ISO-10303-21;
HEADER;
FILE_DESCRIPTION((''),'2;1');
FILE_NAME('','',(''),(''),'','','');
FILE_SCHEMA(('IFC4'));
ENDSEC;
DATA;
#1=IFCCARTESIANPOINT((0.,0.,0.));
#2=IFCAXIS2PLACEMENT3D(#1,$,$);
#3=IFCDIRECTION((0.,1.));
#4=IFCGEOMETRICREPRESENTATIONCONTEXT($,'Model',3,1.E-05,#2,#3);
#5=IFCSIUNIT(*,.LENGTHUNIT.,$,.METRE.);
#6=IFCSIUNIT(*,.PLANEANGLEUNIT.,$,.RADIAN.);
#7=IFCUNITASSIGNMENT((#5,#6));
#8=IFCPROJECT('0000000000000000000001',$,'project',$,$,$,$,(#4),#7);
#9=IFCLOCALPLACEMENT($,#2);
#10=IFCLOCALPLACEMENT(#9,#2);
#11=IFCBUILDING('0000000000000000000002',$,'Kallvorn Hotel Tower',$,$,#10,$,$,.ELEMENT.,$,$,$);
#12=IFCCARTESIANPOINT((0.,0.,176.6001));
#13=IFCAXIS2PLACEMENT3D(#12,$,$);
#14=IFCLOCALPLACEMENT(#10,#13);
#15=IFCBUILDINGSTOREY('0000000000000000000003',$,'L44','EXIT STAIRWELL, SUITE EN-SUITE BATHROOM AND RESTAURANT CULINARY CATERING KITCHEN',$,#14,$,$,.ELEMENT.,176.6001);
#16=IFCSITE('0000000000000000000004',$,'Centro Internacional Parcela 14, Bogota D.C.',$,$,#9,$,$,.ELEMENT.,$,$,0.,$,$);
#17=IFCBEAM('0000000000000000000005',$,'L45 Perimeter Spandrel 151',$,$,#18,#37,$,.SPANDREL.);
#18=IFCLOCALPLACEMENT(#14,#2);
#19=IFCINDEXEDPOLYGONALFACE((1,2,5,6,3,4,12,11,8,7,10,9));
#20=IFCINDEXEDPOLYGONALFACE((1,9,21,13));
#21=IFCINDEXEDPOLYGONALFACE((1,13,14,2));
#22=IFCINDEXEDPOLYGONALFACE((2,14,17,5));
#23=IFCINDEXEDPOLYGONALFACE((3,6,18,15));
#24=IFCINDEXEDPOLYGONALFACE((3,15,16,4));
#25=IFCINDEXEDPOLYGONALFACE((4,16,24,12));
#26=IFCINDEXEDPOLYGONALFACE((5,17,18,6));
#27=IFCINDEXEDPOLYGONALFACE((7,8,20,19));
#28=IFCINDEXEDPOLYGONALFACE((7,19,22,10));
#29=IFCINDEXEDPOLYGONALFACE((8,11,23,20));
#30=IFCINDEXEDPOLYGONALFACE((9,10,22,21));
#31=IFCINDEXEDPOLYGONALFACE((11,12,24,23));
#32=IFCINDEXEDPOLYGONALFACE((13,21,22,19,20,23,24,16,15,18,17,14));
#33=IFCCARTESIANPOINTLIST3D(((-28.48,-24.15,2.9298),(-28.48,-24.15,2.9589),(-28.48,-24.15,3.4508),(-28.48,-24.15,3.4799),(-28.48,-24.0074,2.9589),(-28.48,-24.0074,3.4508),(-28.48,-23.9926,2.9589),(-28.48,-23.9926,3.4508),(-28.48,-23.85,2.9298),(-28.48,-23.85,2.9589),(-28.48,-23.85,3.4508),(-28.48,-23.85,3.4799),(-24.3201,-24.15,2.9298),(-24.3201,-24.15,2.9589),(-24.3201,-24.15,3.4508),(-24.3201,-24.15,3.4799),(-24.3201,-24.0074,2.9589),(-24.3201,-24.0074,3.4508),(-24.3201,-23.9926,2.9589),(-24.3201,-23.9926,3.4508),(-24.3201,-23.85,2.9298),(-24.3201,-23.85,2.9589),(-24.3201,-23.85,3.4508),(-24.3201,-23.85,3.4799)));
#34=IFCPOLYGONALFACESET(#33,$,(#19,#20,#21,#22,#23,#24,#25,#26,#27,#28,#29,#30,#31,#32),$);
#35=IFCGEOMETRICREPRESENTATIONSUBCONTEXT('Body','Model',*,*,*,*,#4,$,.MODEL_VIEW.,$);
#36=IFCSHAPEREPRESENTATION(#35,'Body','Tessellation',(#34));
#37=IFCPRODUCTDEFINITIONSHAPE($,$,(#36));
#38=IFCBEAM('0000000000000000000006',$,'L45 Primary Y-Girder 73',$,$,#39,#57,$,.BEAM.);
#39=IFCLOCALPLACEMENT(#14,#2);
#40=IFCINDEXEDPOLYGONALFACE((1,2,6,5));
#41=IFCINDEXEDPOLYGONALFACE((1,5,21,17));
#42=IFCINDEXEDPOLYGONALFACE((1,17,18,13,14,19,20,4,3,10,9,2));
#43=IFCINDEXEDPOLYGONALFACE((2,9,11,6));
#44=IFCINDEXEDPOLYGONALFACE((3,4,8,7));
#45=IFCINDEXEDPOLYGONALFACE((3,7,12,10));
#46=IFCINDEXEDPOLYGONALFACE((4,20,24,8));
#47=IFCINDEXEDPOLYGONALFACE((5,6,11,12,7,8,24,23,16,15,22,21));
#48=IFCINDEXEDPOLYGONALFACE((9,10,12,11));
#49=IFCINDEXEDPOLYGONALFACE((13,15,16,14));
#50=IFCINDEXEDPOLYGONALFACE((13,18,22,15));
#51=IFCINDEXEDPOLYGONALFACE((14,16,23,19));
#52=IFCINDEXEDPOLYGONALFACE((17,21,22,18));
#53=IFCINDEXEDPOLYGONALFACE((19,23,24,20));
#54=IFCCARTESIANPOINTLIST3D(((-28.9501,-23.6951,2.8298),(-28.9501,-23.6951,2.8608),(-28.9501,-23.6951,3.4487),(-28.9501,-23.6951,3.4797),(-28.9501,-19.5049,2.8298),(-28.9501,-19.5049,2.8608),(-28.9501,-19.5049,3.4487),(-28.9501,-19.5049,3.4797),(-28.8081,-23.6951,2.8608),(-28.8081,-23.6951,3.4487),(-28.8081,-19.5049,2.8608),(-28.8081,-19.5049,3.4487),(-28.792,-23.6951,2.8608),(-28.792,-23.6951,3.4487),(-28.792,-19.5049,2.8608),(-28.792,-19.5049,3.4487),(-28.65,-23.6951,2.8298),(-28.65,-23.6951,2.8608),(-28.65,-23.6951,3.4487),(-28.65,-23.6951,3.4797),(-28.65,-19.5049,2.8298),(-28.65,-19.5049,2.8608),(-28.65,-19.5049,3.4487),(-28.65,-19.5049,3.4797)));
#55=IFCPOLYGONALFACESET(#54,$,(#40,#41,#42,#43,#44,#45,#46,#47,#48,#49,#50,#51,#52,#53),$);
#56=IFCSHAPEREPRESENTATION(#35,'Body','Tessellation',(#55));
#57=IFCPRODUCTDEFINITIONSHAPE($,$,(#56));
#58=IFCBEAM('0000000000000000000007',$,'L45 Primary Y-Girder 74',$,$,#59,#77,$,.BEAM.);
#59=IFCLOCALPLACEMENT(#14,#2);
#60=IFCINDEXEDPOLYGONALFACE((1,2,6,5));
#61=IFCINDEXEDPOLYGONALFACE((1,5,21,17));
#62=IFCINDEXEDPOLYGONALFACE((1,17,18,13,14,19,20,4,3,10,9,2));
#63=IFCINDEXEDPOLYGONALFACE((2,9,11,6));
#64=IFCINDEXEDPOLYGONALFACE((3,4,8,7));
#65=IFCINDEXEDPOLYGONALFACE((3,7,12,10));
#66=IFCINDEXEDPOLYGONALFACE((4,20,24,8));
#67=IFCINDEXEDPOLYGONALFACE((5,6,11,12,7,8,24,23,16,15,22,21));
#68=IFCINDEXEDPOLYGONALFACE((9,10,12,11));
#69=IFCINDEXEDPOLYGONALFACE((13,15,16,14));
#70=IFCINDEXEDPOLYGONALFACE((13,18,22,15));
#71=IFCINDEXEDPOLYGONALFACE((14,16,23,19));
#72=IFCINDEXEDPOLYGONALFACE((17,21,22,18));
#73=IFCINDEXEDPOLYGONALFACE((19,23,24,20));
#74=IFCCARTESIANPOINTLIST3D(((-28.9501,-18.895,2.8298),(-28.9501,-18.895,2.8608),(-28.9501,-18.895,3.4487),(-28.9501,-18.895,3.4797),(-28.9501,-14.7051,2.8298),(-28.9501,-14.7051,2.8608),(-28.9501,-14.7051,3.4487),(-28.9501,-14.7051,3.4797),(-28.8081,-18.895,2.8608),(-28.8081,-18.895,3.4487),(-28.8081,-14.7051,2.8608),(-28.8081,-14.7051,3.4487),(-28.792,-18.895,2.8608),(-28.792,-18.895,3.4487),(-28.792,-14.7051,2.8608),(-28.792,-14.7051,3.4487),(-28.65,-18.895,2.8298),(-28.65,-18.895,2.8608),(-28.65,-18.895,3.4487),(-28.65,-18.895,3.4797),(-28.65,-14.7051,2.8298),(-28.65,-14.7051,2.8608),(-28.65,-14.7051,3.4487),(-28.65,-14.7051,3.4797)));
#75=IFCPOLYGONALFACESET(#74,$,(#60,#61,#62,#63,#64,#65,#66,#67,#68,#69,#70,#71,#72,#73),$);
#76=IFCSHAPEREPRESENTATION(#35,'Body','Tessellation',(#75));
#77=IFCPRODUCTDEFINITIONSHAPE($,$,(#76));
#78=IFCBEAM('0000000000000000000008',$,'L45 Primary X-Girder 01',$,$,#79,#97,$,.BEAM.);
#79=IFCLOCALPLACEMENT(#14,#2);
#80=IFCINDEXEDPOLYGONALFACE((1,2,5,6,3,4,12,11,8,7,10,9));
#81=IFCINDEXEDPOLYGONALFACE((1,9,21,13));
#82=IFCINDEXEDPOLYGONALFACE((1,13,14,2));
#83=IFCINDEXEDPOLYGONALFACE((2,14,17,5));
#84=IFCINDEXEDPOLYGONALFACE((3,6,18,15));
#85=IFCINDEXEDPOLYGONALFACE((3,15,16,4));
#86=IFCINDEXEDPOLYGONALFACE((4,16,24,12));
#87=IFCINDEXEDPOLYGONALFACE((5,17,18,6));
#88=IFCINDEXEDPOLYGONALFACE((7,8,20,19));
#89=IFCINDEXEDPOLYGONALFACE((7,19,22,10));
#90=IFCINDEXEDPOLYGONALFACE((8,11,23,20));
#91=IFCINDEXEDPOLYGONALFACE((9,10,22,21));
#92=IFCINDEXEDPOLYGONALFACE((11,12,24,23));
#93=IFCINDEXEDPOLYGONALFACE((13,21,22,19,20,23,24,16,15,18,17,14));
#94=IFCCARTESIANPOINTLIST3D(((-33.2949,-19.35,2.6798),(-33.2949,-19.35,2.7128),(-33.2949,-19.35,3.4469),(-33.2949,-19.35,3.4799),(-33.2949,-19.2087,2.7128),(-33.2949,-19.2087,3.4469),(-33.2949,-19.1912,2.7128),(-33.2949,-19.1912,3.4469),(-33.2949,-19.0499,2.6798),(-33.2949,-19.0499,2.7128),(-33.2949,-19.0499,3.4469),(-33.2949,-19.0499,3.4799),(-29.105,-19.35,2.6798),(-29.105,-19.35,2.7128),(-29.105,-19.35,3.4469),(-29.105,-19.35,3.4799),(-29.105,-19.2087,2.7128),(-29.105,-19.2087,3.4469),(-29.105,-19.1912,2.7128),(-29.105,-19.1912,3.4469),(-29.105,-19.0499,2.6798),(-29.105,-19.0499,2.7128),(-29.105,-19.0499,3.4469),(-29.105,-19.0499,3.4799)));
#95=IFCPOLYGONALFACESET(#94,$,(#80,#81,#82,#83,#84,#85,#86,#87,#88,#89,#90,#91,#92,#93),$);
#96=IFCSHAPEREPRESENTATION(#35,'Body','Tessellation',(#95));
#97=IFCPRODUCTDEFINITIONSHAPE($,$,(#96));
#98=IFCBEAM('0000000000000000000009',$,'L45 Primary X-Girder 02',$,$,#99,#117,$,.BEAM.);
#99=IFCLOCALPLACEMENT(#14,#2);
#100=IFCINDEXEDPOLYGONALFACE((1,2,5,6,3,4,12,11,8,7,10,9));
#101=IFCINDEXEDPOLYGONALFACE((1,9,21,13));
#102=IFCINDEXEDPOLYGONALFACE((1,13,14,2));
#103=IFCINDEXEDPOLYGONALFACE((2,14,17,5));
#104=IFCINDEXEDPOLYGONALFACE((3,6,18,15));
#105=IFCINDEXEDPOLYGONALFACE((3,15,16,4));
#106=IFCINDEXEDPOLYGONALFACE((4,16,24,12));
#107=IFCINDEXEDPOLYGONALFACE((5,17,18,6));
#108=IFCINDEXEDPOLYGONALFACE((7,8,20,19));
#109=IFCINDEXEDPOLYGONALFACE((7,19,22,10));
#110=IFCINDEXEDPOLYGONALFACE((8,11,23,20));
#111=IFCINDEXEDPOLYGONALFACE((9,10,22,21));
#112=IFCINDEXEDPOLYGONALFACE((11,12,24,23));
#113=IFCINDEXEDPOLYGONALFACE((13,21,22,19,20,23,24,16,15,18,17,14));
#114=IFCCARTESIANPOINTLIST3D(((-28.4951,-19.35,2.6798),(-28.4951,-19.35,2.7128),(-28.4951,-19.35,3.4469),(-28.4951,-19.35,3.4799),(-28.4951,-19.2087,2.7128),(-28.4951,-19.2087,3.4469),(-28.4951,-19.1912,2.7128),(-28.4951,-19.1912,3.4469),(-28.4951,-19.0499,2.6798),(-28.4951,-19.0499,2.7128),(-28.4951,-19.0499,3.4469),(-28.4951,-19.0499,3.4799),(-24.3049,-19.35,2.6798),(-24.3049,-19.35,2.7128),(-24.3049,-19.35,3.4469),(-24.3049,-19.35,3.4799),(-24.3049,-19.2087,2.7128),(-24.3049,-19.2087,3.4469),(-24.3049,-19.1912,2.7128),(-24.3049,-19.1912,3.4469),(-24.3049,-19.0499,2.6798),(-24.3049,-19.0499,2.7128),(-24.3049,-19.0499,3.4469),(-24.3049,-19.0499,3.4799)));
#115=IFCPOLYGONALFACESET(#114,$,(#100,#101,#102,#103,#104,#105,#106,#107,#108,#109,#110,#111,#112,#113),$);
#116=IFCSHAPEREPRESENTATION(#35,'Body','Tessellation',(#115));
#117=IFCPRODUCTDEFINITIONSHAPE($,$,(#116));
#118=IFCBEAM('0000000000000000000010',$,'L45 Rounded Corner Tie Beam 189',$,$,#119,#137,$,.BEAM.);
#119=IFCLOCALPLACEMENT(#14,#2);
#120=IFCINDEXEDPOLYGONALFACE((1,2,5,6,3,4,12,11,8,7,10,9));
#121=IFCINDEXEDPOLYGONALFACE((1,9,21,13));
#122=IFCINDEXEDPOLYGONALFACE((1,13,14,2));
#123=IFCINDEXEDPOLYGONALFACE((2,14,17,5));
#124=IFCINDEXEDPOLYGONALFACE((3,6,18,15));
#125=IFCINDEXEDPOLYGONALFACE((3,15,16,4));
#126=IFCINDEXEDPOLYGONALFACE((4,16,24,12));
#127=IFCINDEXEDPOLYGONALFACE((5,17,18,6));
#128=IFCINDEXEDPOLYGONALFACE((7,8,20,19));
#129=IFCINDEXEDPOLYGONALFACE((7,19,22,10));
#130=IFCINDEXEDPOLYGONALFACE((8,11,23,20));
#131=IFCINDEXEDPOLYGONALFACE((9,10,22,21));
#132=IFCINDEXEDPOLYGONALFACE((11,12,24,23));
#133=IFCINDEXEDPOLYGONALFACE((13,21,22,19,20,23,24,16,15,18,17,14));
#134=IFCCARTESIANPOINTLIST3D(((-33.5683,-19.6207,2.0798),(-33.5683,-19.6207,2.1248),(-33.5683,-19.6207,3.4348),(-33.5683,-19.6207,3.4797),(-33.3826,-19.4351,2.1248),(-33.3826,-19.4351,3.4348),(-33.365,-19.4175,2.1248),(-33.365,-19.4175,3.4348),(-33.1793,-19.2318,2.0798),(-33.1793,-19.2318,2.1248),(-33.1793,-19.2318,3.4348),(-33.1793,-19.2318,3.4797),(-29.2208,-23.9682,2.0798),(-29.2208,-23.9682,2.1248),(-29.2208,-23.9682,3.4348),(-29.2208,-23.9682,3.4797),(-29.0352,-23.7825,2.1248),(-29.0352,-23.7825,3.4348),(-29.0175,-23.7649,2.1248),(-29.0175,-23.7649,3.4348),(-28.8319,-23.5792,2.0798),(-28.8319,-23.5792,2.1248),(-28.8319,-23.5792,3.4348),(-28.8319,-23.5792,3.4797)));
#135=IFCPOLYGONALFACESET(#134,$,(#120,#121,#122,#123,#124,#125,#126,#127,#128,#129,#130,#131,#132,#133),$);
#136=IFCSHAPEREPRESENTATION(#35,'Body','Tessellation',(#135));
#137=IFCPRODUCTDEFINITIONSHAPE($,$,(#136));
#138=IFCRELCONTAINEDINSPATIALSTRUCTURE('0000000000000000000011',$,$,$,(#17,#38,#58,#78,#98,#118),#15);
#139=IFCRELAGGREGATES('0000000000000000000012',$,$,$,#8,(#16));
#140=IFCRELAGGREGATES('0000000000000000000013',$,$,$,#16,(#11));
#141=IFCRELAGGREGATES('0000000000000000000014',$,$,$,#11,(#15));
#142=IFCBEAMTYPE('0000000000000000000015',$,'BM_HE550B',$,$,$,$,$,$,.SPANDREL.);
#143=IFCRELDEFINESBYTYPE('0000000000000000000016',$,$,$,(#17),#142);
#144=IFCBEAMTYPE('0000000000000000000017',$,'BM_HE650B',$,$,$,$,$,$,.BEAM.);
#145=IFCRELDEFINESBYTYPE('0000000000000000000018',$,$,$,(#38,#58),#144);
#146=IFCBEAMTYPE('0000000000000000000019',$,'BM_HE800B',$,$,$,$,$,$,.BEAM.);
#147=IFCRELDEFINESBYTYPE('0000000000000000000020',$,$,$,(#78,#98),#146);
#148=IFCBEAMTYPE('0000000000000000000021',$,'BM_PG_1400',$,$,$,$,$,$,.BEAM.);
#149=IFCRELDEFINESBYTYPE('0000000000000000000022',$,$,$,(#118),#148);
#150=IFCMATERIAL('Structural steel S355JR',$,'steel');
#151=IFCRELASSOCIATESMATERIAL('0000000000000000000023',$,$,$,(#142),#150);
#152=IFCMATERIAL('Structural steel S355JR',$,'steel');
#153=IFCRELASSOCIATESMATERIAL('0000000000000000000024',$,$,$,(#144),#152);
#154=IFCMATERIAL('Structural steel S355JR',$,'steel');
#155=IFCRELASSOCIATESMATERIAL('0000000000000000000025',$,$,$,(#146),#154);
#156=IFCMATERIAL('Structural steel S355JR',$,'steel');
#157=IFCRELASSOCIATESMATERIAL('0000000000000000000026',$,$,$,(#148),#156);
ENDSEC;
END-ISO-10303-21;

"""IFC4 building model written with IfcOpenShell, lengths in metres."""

from ifc_helpers import new_model, si_unit, direction, frame, origin, origin_2d, place, context, subcontext, project, spatial, i_section, extrude, material, material_profile, profile_set, type_object, element, save


model = new_model("IFC4")

# Units and contexts
model_context = context("Model", 3, precision=1e-05, world=origin(), true_north=direction((0.0, 1.0)))
body_context = subcontext(model_context, "Body", "Model", "MODEL_VIEW")
ifc_project = project(units=[si_unit("LENGTHUNIT", "METRE"), si_unit("PLANEANGLEUNIT", "RADIAN")], contexts=[model_context])

# Site, building, storey
site_placement = place(None, origin())
site = spatial("IfcSite", under=ifc_project, at=site_placement, Name="Centro Internacional Parcela 14, Bogota D.C.", CompositionType="ELEMENT", RefElevation=0.0)
building_placement = place(site_placement, origin())
building = spatial("IfcBuilding", under=site, at=building_placement, Name="Kallvorn Hotel Tower", CompositionType="ELEMENT")
storey_placement = place(building_placement, frame((0.0, 0.0, 176.6001)))
storey = spatial("IfcBuildingStorey", under=building, at=storey_placement, Name="L44", Description="EXIT STAIRWELL, SUITE EN-SUITE BATHROOM AND RESTAURANT CULINARY CATERING KITCHEN", CompositionType="ELEMENT", Elevation=176.6001)

# Beams
ifc_material_1 = material(Name="Structural steel S355JR", Category="steel")
ifc_material_profile_1 = material_profile(ifc_material_1, i_section(OverallWidth=0.3, OverallDepth=0.55, WebThickness=0.0149, FlangeThickness=0.0291, at=origin_2d()), Name="HE 550 B")
ifc_profile_set_1 = profile_set([ifc_material_profile_1], Name="Structural steel S355JR")
beam_type_1 = type_object("IfcBeamType", Name="BM_HE550B", PredefinedType="SPANDREL", material=ifc_profile_set_1)
beam_1_placement = place(storey_placement, frame((-28.48, -24.0, 3.2048), z_axis=(1.0, 0.0, 0.0), x_axis=(0.0, 1.0, 0.0)))
element("IfcBeam", 1, at=beam_1_placement, inside=storey, type_object=beam_type_1, Name="L45 Perimeter Spandrel 151", PredefinedType="SPANDREL", context=body_context, shape_type="SweptSolid", body=[
    extrude(i_section(OverallWidth=0.3, OverallDepth=0.55, WebThickness=0.0149, FlangeThickness=0.0291, at=origin_2d()), origin(), (0.0, 0.0, 1.0), 4.1599),
])
ifc_material_2 = material(Name="Structural steel S355JR", Category="steel")
ifc_material_profile_2 = material_profile(ifc_material_2, i_section(OverallWidth=0.3, OverallDepth=0.6499, WebThickness=0.0161, FlangeThickness=0.031, at=origin_2d()), Name="HE 650 B")
ifc_profile_set_2 = profile_set([ifc_material_profile_2], Name="Structural steel S355JR")
beam_type_2 = type_object("IfcBeamType", Name="BM_HE650B", PredefinedType="BEAM", material=ifc_profile_set_2)
beam_2_placement = place(storey_placement, frame((-28.8, -23.6951, 3.1548), z_axis=(0.0, 1.0, 0.0), x_axis=(-1.0, 0.0, 0.0)))
element("IfcBeam", 2, at=beam_2_placement, inside=storey, type_object=beam_type_2, Name="L45 Primary Y-Girder 73", PredefinedType="BEAM", context=body_context, shape_type="SweptSolid", body=[
    extrude(i_section(OverallWidth=0.3, OverallDepth=0.6499, WebThickness=0.0161, FlangeThickness=0.031, at=origin_2d()), origin(), (0.0, 0.0, 1.0), 4.1902),
])
beam_3_placement = place(storey_placement, frame((-28.8, -18.895, 3.1548), z_axis=(0.0, 1.0, 0.0), x_axis=(-1.0, 0.0, 0.0)))
element("IfcBeam", 3, at=beam_3_placement, inside=storey, type_object=beam_type_2, Name="L45 Primary Y-Girder 74", PredefinedType="BEAM", context=body_context, shape_type="SweptSolid", body=[
    extrude(i_section(OverallWidth=0.3, OverallDepth=0.6499, WebThickness=0.0161, FlangeThickness=0.031, at=origin_2d()), origin(), (0.0, 0.0, 1.0), 4.1899),
])
ifc_material_3 = material(Name="Structural steel S355JR", Category="steel")
ifc_material_profile_3 = material_profile(ifc_material_3, i_section(OverallWidth=0.3, OverallDepth=0.8, WebThickness=0.0176, FlangeThickness=0.033, at=origin_2d()), Name="HE 800 B")
ifc_profile_set_3 = profile_set([ifc_material_profile_3], Name="Structural steel S355JR")
beam_type_3 = type_object("IfcBeamType", Name="BM_HE800B", PredefinedType="BEAM", material=ifc_profile_set_3)
beam_4_placement = place(storey_placement, frame((-33.2949, -19.2, 3.0798), z_axis=(1.0, 0.0, 0.0), x_axis=(0.0, 1.0, 0.0)))
element("IfcBeam", 4, at=beam_4_placement, inside=storey, type_object=beam_type_3, Name="L45 Primary X-Girder 01", PredefinedType="BEAM", context=body_context, shape_type="SweptSolid", body=[
    extrude(i_section(OverallWidth=0.3, OverallDepth=0.8, WebThickness=0.0176, FlangeThickness=0.033, at=origin_2d()), origin(), (0.0, 0.0, 1.0), 4.1899),
])
beam_5_placement = place(storey_placement, frame((-28.4951, -19.2, 3.0798), z_axis=(1.0, 0.0, 0.0), x_axis=(0.0, 1.0, 0.0)))
element("IfcBeam", 5, at=beam_5_placement, inside=storey, type_object=beam_type_3, Name="L45 Primary X-Girder 02", PredefinedType="BEAM", context=body_context, shape_type="SweptSolid", body=[
    extrude(i_section(OverallWidth=0.3, OverallDepth=0.8, WebThickness=0.0176, FlangeThickness=0.033, at=origin_2d()), origin(), (0.0, 0.0, 1.0), 4.1902),
])
ifc_material_4 = material(Name="Structural steel S355JR", Category="steel")
ifc_material_profile_4 = material_profile(ifc_material_4, i_section(OverallWidth=0.55, OverallDepth=1.3999, WebThickness=0.0249, FlangeThickness=0.0449, at=origin_2d()), Name="PG 1400x550x25x45")
ifc_profile_set_4 = profile_set([ifc_material_profile_4], Name="Structural steel S355JR")
beam_type_4 = type_object("IfcBeamType", Name="BM_PG_1400", PredefinedType="BEAM", material=ifc_profile_set_4)
beam_6_placement = place(storey_placement, frame((-33.3738, -19.4263, 2.7798), z_axis=(0.707107, -0.707107, 0.0), x_axis=(0.707107, 0.707107, 0.0)))
element("IfcBeam", 6, at=beam_6_placement, inside=storey, type_object=beam_type_4, Name="L45 Rounded Corner Tie Beam 189", PredefinedType="BEAM", context=body_context, shape_type="SweptSolid", body=[
    extrude(i_section(OverallWidth=0.55, OverallDepth=1.3999, WebThickness=0.0249, FlangeThickness=0.0449, at=origin_2d()), origin(), (0.0, 0.0, 1.0), 6.1482),
])

save(model, "model.ifc")
